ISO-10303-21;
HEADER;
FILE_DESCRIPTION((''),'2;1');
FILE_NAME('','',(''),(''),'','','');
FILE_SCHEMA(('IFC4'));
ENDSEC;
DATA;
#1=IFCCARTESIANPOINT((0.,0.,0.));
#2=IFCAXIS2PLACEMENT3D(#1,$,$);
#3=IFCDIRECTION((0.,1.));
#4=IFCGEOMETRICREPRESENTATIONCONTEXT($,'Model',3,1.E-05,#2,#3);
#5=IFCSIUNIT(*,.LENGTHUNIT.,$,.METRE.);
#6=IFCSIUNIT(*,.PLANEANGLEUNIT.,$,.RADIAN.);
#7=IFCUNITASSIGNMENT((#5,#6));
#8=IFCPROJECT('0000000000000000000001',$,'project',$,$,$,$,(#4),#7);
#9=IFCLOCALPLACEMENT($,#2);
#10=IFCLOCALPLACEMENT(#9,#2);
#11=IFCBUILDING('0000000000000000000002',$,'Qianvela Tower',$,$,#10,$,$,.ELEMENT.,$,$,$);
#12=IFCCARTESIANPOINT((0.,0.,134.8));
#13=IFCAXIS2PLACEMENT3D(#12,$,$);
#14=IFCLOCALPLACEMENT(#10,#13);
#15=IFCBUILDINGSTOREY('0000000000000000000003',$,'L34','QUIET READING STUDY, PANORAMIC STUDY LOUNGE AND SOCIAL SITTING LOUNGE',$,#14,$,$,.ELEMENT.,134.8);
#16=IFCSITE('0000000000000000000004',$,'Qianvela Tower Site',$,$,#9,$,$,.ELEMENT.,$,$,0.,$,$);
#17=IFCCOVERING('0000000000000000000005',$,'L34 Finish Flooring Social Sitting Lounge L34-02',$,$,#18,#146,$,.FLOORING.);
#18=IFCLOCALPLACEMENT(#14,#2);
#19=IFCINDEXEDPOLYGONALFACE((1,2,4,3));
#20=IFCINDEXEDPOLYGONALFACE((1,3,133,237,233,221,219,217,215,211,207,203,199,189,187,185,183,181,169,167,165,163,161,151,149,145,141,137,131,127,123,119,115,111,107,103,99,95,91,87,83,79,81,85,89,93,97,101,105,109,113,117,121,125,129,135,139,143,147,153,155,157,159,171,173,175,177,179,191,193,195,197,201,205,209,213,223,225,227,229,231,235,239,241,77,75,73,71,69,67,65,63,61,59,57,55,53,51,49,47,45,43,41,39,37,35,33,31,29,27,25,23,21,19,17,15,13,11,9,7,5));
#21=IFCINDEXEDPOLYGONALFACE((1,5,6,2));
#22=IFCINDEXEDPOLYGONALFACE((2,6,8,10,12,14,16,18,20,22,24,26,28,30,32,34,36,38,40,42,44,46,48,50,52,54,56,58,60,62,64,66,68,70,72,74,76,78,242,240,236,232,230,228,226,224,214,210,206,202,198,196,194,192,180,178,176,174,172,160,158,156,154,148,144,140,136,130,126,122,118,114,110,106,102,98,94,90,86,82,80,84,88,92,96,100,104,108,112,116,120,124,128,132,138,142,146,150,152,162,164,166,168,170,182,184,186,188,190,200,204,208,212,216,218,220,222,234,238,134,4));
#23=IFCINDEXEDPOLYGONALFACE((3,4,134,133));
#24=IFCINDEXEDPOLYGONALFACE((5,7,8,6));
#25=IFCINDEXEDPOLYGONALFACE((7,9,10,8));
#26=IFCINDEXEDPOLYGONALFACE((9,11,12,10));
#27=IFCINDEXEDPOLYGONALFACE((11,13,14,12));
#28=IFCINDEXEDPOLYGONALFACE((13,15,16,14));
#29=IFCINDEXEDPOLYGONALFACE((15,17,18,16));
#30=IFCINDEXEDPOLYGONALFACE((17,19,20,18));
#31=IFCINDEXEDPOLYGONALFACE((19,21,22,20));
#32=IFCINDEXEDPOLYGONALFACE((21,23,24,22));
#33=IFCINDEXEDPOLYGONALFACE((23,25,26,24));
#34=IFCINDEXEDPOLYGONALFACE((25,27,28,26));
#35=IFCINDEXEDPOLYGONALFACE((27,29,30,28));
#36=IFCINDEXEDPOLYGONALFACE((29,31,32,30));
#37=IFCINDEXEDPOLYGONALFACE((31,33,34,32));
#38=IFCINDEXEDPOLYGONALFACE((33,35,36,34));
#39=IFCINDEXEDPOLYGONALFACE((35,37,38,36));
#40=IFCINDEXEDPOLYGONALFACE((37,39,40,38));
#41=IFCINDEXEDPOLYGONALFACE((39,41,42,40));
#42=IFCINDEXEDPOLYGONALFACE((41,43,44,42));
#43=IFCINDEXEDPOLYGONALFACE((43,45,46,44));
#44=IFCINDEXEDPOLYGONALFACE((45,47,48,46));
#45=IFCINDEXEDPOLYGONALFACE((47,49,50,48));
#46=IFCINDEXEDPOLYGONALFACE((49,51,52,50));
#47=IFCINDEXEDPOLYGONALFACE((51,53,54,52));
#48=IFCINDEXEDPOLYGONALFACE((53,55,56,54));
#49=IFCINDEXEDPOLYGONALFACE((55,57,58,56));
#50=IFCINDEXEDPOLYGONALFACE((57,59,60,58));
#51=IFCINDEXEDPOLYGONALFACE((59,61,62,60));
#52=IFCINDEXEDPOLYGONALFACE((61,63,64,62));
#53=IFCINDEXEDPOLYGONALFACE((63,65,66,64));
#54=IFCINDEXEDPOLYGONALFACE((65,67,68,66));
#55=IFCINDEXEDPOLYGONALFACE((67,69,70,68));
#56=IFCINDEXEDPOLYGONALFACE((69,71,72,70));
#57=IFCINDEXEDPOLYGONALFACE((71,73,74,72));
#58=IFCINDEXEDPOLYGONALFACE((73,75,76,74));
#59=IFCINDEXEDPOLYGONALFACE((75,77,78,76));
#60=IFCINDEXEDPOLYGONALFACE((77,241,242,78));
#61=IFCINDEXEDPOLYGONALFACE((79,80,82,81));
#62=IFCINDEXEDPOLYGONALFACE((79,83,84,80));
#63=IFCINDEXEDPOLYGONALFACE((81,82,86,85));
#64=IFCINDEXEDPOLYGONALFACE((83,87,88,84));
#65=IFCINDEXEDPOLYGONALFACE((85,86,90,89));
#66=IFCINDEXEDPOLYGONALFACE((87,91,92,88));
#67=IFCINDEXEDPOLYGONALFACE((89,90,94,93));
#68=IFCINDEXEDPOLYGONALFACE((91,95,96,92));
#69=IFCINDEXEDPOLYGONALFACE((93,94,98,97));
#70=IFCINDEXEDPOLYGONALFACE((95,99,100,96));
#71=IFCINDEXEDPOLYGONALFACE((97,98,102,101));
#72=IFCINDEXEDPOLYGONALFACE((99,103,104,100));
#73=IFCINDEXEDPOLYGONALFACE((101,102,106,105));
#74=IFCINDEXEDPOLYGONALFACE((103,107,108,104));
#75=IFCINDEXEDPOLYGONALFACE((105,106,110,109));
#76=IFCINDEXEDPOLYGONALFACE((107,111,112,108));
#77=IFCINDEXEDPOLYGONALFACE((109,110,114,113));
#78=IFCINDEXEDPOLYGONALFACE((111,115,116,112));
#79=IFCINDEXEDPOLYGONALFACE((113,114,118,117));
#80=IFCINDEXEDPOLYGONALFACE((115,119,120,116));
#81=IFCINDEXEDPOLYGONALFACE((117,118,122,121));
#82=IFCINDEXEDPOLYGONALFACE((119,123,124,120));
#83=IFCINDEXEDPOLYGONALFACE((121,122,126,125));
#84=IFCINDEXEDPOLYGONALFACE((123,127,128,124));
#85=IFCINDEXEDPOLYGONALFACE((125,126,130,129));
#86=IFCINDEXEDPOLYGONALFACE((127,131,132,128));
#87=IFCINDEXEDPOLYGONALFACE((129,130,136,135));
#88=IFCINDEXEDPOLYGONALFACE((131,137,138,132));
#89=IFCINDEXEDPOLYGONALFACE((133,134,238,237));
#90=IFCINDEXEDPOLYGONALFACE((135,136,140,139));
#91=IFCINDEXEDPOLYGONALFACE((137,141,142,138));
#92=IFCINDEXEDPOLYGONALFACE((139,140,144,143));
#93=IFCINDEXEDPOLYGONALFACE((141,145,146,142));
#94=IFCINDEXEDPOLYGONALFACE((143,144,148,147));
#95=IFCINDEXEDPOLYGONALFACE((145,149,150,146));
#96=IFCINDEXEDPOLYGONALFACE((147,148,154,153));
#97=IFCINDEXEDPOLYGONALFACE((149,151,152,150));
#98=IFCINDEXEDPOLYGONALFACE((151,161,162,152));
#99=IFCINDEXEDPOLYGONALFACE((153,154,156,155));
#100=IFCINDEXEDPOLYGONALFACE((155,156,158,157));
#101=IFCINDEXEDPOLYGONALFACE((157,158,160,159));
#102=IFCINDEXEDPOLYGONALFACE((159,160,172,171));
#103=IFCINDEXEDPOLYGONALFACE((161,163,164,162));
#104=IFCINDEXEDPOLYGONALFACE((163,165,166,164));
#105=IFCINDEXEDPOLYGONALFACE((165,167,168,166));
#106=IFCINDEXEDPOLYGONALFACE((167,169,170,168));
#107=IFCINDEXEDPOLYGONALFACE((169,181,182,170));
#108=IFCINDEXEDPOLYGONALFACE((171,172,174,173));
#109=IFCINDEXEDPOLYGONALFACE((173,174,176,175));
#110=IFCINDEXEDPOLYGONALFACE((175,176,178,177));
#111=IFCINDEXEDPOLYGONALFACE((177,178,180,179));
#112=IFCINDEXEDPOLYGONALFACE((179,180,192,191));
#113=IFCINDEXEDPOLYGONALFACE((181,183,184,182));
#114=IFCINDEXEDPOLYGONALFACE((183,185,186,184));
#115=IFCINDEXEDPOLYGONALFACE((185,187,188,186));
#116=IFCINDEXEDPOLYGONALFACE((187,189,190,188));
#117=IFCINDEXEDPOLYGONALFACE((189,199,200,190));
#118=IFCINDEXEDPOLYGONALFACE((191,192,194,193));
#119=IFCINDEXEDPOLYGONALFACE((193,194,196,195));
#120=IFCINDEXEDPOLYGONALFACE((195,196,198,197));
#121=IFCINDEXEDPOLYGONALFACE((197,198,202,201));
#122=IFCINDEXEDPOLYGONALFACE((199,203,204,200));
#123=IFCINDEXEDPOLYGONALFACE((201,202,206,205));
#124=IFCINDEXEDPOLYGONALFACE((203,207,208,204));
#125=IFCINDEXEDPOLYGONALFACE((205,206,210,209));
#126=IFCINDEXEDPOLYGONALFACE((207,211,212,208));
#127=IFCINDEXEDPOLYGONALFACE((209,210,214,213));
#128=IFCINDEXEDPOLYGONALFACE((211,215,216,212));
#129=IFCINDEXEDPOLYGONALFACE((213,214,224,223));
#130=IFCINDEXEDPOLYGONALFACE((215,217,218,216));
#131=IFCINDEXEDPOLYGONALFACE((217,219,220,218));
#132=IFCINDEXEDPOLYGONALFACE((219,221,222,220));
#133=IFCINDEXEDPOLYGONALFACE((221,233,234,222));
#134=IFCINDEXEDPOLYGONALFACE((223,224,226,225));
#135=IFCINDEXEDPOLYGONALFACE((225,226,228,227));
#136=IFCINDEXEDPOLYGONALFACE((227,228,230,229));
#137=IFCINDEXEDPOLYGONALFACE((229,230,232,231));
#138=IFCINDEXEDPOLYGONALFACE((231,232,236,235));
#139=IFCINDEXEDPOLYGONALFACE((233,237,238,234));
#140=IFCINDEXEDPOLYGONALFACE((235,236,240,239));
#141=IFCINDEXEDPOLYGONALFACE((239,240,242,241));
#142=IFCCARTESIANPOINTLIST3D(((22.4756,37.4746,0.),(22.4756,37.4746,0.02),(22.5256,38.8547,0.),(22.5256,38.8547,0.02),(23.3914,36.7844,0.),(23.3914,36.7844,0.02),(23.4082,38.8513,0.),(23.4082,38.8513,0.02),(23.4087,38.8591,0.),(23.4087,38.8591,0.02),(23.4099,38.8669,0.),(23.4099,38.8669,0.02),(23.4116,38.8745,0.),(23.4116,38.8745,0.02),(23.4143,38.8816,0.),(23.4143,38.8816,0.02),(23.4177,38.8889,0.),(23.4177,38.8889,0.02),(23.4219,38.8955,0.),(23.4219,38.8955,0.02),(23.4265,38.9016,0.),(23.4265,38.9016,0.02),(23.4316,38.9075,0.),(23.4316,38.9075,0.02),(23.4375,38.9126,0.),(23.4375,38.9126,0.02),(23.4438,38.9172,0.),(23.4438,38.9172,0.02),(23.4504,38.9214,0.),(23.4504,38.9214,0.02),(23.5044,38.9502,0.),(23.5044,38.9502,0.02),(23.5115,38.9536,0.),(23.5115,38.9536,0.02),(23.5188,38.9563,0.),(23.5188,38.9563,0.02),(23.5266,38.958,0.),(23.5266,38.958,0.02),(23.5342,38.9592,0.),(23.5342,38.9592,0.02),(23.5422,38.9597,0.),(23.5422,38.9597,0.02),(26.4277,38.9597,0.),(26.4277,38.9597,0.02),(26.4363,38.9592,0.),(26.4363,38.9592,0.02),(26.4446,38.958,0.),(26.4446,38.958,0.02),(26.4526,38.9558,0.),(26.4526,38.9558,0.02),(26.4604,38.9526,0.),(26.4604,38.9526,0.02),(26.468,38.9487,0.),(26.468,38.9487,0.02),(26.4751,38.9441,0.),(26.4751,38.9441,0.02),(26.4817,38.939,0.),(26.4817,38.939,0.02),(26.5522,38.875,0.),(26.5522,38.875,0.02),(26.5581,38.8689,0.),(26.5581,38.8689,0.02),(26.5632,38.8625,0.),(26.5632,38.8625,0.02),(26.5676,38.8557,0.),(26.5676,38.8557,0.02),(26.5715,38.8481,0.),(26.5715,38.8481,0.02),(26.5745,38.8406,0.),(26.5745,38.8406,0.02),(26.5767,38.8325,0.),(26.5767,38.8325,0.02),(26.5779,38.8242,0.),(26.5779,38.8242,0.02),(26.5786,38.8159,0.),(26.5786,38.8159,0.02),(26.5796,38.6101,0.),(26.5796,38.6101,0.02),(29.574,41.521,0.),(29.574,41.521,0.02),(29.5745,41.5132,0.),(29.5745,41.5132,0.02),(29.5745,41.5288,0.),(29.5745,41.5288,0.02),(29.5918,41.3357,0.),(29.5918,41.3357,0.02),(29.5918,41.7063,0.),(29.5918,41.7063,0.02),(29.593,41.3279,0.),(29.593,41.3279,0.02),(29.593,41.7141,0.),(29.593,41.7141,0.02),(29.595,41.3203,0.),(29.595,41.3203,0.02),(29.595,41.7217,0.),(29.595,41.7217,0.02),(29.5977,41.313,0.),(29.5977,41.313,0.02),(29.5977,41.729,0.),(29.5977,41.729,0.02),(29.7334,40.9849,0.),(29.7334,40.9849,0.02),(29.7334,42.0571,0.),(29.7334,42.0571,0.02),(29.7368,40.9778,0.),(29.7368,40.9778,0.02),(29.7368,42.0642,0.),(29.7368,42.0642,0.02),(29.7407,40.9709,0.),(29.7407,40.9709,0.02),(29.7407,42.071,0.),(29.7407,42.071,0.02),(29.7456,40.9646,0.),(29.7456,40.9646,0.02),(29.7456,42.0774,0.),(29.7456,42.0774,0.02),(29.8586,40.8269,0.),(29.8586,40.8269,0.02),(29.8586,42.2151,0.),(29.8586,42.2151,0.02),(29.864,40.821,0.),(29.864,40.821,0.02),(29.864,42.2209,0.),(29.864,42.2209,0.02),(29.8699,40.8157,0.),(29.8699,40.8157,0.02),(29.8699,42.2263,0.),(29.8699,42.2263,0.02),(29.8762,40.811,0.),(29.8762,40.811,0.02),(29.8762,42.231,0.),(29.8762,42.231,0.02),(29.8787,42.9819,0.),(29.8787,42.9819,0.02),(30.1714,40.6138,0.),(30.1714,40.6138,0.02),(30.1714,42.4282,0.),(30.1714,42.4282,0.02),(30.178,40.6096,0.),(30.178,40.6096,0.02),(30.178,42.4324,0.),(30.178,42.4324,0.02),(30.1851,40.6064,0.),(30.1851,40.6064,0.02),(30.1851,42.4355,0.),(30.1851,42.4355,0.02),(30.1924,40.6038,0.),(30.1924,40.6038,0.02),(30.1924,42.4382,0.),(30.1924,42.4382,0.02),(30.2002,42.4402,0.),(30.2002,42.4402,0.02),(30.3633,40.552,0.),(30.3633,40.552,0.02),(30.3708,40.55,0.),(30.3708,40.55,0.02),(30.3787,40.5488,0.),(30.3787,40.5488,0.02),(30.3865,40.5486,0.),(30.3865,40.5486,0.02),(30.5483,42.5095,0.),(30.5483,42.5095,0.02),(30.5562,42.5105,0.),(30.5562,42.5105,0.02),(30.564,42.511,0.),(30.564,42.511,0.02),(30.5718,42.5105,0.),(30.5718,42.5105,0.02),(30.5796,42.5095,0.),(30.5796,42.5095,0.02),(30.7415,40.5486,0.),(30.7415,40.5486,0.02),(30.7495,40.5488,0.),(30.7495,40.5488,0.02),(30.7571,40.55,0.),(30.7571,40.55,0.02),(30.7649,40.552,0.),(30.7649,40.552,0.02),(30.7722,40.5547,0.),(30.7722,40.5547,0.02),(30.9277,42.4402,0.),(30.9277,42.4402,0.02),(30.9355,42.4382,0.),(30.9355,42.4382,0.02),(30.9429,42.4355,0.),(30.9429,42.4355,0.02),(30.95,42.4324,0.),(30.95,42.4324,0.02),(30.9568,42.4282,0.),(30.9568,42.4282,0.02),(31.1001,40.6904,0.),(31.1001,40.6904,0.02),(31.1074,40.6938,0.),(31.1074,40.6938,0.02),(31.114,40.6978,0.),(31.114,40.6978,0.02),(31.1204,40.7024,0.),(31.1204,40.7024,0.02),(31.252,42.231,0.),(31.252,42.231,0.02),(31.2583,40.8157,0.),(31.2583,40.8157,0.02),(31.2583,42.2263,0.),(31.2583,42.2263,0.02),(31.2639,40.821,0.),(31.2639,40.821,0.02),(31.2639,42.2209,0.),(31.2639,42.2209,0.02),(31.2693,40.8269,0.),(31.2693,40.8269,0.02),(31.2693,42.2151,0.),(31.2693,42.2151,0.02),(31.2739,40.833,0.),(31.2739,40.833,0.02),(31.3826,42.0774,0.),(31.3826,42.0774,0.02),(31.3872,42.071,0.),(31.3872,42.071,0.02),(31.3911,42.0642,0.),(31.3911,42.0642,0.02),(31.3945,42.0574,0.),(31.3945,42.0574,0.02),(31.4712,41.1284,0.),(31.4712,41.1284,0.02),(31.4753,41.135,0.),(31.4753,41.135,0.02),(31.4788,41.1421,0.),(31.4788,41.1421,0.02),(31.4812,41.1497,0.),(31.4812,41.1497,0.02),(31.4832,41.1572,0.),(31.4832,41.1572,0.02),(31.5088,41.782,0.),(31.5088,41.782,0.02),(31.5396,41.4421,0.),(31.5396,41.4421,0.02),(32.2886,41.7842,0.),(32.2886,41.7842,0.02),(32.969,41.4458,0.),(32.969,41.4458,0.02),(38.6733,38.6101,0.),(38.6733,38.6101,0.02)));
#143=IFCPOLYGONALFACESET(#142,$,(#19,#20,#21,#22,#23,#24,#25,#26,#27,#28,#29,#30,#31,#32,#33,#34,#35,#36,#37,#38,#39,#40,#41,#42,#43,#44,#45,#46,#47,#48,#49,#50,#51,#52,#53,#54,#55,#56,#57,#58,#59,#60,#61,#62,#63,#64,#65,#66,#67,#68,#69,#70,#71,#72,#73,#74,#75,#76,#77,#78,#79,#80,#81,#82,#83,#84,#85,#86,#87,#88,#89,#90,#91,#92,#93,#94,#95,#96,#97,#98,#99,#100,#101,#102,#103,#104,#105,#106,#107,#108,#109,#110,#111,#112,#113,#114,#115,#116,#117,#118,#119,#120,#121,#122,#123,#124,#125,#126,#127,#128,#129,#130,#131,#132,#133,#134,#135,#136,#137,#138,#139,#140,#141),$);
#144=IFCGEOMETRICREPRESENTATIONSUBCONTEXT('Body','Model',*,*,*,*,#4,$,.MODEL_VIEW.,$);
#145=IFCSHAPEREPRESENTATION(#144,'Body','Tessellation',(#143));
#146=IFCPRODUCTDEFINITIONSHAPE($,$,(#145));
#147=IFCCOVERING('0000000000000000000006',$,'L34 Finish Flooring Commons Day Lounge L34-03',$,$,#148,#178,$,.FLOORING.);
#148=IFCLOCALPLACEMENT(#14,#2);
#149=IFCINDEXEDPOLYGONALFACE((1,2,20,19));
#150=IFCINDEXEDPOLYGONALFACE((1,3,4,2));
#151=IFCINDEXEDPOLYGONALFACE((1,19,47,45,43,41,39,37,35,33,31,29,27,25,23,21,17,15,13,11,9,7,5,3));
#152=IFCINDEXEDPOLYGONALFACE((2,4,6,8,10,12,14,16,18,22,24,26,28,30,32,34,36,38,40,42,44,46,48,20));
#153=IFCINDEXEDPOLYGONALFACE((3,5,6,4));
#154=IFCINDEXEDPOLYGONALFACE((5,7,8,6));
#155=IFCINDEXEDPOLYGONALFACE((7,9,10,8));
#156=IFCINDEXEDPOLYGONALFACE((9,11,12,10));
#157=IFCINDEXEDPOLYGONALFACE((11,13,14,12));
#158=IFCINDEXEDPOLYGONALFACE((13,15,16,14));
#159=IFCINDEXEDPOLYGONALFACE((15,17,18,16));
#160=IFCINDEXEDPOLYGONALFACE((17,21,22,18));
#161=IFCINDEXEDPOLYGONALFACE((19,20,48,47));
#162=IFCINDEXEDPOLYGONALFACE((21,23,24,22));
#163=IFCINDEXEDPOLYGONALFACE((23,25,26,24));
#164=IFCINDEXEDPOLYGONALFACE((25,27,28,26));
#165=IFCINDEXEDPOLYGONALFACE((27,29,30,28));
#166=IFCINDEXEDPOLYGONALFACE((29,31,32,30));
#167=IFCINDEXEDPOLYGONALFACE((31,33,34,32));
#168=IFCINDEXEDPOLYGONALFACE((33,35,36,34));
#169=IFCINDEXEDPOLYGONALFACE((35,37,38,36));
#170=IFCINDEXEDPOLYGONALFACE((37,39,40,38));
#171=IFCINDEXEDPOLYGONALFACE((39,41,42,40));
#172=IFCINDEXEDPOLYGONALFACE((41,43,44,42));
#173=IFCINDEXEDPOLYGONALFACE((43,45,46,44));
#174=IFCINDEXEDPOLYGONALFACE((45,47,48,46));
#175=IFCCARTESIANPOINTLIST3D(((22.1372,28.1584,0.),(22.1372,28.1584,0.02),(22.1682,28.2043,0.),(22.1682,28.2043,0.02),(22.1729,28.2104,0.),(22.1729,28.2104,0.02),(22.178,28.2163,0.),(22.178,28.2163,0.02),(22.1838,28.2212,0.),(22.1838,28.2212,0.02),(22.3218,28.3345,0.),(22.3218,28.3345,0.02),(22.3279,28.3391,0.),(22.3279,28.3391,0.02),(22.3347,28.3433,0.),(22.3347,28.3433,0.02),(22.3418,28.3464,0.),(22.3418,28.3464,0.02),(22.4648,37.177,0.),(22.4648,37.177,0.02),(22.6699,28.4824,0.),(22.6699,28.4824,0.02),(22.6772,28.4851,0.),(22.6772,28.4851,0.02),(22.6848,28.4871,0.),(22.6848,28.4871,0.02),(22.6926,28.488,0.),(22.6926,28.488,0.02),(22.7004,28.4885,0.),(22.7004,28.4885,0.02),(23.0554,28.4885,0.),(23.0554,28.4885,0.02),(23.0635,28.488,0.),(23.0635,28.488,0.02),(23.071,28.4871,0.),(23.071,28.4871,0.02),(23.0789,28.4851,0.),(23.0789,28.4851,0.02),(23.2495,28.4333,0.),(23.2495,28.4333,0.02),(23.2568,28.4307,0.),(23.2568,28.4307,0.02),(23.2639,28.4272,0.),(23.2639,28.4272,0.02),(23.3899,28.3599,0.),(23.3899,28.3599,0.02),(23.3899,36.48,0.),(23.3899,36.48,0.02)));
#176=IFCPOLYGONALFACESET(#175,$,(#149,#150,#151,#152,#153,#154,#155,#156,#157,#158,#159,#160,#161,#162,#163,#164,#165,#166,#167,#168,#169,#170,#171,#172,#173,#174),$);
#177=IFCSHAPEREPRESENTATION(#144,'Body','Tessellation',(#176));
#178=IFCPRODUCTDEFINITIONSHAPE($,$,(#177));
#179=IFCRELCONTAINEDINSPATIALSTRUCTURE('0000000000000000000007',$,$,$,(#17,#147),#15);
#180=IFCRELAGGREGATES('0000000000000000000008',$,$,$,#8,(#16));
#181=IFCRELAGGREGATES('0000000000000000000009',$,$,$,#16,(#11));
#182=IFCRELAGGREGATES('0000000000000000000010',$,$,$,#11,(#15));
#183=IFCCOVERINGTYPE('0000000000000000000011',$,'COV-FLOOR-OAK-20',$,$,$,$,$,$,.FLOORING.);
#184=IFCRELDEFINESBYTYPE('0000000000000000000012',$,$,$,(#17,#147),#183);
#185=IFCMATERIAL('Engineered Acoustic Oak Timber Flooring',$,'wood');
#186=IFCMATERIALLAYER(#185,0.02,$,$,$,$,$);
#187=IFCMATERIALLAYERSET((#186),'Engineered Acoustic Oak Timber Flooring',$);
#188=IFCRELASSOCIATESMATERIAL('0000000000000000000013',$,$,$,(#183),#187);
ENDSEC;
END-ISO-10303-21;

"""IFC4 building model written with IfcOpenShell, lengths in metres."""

from ifc_helpers import new_model, si_unit, direction, frame, origin, place, context, subcontext, project, spatial, polyline, outline, extrude, material, layer, layer_set, type_object, element, save


model = new_model("IFC4")

# Units and contexts
model_context = context("Model", 3, precision=1e-05, world=origin(), true_north=direction((0.0, 1.0)))
body_context = subcontext(model_context, "Body", "Model", "MODEL_VIEW")
ifc_project = project(units=[si_unit("LENGTHUNIT", "METRE"), si_unit("PLANEANGLEUNIT", "RADIAN")], contexts=[model_context])

# Site, building, storey
site_placement = place(None, origin())
site = spatial("IfcSite", under=ifc_project, at=site_placement, Name="Qianvela Tower Site", CompositionType="ELEMENT", RefElevation=0.0)
building_placement = place(site_placement, origin())
building = spatial("IfcBuilding", under=site, at=building_placement, Name="Qianvela Tower", CompositionType="ELEMENT")
storey_placement = place(building_placement, frame((0.0, 0.0, 134.8)))
storey = spatial("IfcBuildingStorey", under=building, at=storey_placement, Name="L34", Description="QUIET READING STUDY, PANORAMIC STUDY LOUNGE AND SOCIAL SITTING LOUNGE", CompositionType="ELEMENT", Elevation=134.8)

# Coverings
ifc_material_1 = material(Name="Engineered Acoustic Oak Timber Flooring", Category="wood")
ifc_layer_1 = layer(ifc_material_1, 0.02)
ifc_layer_set_1 = layer_set([ifc_layer_1], Name="Engineered Acoustic Oak Timber Flooring")
covering_type_1 = type_object("IfcCoveringType", Name="COV-FLOOR-OAK-20", PredefinedType="FLOORING", material=ifc_layer_set_1)
covering_1_placement = place(storey_placement, origin())
element("IfcCovering", 1, at=covering_1_placement, inside=storey, type_object=covering_type_1, Name="L34 Finish Flooring Social Sitting Lounge L34-02", PredefinedType="FLOORING", context=body_context, shape_type="SweptSolid", body=[
    extrude(outline(polyline([(26.5786, 38.8159), (26.5779, 38.8242), (26.5767, 38.8325), (26.5745, 38.8406), (26.5715, 38.8481), (26.5676, 38.8557), (26.5632, 38.8625), (26.5581, 38.8689), (26.5522, 38.875), (26.4817, 38.939), (26.4751, 38.9441), (26.468, 38.9487), (26.4604, 38.9526), (26.4526, 38.9558), (26.4446, 38.958), (26.4363, 38.9592), (26.4277, 38.9597), (23.5422, 38.9597), (23.5342, 38.9592), (23.5266, 38.958), (23.5188, 38.9563), (23.5115, 38.9536), (23.5044, 38.9502), (23.4504, 38.9214), (23.4438, 38.9172), (23.4375, 38.9126), (23.4316, 38.9075), (23.4265, 38.9016), (23.4219, 38.8955), (23.4177, 38.8889), (23.4143, 38.8816), (23.4116, 38.8745), (23.4099, 38.8669), (23.4087, 38.8591), (23.4082, 38.8513), (23.3914, 36.7844), (22.4756, 37.4746), (22.5256, 38.8547), (29.8787, 42.9819), (32.2886, 41.7842), (31.5088, 41.782), (31.3945, 42.0574), (31.3911, 42.0642), (31.3872, 42.071), (31.3826, 42.0774), (31.2693, 42.2151), (31.2639, 42.2209), (31.2583, 42.2263), (31.252, 42.231), (30.9568, 42.4282), (30.95, 42.4324), (30.9429, 42.4355), (30.9355, 42.4382), (30.9277, 42.4402), (30.5796, 42.5095), (30.5718, 42.5105), (30.564, 42.511), (30.5562, 42.5105), (30.5483, 42.5095), (30.2002, 42.4402), (30.1924, 42.4382), (30.1851, 42.4355), (30.178, 42.4324), (30.1714, 42.4282), (29.8762, 42.231), (29.8699, 42.2263), (29.864, 42.2209), (29.8586, 42.2151), (29.7456, 42.0774), (29.7407, 42.071), (29.7368, 42.0642), (29.7334, 42.0571), (29.5977, 41.729), (29.595, 41.7217), (29.593, 41.7141), (29.5918, 41.7063), (29.5745, 41.5288), (29.574, 41.521), (29.5745, 41.5132), (29.5918, 41.3357), (29.593, 41.3279), (29.595, 41.3203), (29.5977, 41.313), (29.7334, 40.9849), (29.7368, 40.9778), (29.7407, 40.9709), (29.7456, 40.9646), (29.8586, 40.8269), (29.864, 40.821), (29.8699, 40.8157), (29.8762, 40.811), (30.1714, 40.6138), (30.178, 40.6096), (30.1851, 40.6064), (30.1924, 40.6038), (30.3633, 40.552), (30.3708, 40.55), (30.3787, 40.5488), (30.3865, 40.5486), (30.7415, 40.5486), (30.7495, 40.5488), (30.7571, 40.55), (30.7649, 40.552), (30.7722, 40.5547), (31.1001, 40.6904), (31.1074, 40.6938), (31.114, 40.6978), (31.1204, 40.7024), (31.2583, 40.8157), (31.2639, 40.821), (31.2693, 40.8269), (31.2739, 40.833), (31.4712, 41.1284), (31.4753, 41.135), (31.4788, 41.1421), (31.4812, 41.1497), (31.4832, 41.1572), (31.5396, 41.4421), (32.969, 41.4458), (38.6733, 38.6101), (26.5796, 38.6101), (26.5786, 38.8159)])), origin(), (0.0, 0.0, 1.0), 0.02),
])
covering_2_placement = place(storey_placement, origin())
element("IfcCovering", 2, at=covering_2_placement, inside=storey, type_object=covering_type_1, Name="L34 Finish Flooring Commons Day Lounge L34-03", PredefinedType="FLOORING", context=body_context, shape_type="SweptSolid", body=[
    extrude(outline(polyline([(23.3899, 28.3599), (23.2639, 28.4272), (23.2568, 28.4307), (23.2495, 28.4333), (23.0789, 28.4851), (23.071, 28.4871), (23.0635, 28.488), (23.0554, 28.4885), (22.7004, 28.4885), (22.6926, 28.488), (22.6848, 28.4871), (22.6772, 28.4851), (22.6699, 28.4824), (22.3418, 28.3464), (22.3347, 28.3433), (22.3279, 28.3391), (22.3218, 28.3345), (22.1838, 28.2212), (22.178, 28.2163), (22.1729, 28.2104), (22.1682, 28.2043), (22.1372, 28.1584), (22.4648, 37.177), (23.3899, 36.48), (23.3899, 28.3599)])), origin(), (0.0, 0.0, 1.0), 0.02),
])

save(model, "model.ifc")
